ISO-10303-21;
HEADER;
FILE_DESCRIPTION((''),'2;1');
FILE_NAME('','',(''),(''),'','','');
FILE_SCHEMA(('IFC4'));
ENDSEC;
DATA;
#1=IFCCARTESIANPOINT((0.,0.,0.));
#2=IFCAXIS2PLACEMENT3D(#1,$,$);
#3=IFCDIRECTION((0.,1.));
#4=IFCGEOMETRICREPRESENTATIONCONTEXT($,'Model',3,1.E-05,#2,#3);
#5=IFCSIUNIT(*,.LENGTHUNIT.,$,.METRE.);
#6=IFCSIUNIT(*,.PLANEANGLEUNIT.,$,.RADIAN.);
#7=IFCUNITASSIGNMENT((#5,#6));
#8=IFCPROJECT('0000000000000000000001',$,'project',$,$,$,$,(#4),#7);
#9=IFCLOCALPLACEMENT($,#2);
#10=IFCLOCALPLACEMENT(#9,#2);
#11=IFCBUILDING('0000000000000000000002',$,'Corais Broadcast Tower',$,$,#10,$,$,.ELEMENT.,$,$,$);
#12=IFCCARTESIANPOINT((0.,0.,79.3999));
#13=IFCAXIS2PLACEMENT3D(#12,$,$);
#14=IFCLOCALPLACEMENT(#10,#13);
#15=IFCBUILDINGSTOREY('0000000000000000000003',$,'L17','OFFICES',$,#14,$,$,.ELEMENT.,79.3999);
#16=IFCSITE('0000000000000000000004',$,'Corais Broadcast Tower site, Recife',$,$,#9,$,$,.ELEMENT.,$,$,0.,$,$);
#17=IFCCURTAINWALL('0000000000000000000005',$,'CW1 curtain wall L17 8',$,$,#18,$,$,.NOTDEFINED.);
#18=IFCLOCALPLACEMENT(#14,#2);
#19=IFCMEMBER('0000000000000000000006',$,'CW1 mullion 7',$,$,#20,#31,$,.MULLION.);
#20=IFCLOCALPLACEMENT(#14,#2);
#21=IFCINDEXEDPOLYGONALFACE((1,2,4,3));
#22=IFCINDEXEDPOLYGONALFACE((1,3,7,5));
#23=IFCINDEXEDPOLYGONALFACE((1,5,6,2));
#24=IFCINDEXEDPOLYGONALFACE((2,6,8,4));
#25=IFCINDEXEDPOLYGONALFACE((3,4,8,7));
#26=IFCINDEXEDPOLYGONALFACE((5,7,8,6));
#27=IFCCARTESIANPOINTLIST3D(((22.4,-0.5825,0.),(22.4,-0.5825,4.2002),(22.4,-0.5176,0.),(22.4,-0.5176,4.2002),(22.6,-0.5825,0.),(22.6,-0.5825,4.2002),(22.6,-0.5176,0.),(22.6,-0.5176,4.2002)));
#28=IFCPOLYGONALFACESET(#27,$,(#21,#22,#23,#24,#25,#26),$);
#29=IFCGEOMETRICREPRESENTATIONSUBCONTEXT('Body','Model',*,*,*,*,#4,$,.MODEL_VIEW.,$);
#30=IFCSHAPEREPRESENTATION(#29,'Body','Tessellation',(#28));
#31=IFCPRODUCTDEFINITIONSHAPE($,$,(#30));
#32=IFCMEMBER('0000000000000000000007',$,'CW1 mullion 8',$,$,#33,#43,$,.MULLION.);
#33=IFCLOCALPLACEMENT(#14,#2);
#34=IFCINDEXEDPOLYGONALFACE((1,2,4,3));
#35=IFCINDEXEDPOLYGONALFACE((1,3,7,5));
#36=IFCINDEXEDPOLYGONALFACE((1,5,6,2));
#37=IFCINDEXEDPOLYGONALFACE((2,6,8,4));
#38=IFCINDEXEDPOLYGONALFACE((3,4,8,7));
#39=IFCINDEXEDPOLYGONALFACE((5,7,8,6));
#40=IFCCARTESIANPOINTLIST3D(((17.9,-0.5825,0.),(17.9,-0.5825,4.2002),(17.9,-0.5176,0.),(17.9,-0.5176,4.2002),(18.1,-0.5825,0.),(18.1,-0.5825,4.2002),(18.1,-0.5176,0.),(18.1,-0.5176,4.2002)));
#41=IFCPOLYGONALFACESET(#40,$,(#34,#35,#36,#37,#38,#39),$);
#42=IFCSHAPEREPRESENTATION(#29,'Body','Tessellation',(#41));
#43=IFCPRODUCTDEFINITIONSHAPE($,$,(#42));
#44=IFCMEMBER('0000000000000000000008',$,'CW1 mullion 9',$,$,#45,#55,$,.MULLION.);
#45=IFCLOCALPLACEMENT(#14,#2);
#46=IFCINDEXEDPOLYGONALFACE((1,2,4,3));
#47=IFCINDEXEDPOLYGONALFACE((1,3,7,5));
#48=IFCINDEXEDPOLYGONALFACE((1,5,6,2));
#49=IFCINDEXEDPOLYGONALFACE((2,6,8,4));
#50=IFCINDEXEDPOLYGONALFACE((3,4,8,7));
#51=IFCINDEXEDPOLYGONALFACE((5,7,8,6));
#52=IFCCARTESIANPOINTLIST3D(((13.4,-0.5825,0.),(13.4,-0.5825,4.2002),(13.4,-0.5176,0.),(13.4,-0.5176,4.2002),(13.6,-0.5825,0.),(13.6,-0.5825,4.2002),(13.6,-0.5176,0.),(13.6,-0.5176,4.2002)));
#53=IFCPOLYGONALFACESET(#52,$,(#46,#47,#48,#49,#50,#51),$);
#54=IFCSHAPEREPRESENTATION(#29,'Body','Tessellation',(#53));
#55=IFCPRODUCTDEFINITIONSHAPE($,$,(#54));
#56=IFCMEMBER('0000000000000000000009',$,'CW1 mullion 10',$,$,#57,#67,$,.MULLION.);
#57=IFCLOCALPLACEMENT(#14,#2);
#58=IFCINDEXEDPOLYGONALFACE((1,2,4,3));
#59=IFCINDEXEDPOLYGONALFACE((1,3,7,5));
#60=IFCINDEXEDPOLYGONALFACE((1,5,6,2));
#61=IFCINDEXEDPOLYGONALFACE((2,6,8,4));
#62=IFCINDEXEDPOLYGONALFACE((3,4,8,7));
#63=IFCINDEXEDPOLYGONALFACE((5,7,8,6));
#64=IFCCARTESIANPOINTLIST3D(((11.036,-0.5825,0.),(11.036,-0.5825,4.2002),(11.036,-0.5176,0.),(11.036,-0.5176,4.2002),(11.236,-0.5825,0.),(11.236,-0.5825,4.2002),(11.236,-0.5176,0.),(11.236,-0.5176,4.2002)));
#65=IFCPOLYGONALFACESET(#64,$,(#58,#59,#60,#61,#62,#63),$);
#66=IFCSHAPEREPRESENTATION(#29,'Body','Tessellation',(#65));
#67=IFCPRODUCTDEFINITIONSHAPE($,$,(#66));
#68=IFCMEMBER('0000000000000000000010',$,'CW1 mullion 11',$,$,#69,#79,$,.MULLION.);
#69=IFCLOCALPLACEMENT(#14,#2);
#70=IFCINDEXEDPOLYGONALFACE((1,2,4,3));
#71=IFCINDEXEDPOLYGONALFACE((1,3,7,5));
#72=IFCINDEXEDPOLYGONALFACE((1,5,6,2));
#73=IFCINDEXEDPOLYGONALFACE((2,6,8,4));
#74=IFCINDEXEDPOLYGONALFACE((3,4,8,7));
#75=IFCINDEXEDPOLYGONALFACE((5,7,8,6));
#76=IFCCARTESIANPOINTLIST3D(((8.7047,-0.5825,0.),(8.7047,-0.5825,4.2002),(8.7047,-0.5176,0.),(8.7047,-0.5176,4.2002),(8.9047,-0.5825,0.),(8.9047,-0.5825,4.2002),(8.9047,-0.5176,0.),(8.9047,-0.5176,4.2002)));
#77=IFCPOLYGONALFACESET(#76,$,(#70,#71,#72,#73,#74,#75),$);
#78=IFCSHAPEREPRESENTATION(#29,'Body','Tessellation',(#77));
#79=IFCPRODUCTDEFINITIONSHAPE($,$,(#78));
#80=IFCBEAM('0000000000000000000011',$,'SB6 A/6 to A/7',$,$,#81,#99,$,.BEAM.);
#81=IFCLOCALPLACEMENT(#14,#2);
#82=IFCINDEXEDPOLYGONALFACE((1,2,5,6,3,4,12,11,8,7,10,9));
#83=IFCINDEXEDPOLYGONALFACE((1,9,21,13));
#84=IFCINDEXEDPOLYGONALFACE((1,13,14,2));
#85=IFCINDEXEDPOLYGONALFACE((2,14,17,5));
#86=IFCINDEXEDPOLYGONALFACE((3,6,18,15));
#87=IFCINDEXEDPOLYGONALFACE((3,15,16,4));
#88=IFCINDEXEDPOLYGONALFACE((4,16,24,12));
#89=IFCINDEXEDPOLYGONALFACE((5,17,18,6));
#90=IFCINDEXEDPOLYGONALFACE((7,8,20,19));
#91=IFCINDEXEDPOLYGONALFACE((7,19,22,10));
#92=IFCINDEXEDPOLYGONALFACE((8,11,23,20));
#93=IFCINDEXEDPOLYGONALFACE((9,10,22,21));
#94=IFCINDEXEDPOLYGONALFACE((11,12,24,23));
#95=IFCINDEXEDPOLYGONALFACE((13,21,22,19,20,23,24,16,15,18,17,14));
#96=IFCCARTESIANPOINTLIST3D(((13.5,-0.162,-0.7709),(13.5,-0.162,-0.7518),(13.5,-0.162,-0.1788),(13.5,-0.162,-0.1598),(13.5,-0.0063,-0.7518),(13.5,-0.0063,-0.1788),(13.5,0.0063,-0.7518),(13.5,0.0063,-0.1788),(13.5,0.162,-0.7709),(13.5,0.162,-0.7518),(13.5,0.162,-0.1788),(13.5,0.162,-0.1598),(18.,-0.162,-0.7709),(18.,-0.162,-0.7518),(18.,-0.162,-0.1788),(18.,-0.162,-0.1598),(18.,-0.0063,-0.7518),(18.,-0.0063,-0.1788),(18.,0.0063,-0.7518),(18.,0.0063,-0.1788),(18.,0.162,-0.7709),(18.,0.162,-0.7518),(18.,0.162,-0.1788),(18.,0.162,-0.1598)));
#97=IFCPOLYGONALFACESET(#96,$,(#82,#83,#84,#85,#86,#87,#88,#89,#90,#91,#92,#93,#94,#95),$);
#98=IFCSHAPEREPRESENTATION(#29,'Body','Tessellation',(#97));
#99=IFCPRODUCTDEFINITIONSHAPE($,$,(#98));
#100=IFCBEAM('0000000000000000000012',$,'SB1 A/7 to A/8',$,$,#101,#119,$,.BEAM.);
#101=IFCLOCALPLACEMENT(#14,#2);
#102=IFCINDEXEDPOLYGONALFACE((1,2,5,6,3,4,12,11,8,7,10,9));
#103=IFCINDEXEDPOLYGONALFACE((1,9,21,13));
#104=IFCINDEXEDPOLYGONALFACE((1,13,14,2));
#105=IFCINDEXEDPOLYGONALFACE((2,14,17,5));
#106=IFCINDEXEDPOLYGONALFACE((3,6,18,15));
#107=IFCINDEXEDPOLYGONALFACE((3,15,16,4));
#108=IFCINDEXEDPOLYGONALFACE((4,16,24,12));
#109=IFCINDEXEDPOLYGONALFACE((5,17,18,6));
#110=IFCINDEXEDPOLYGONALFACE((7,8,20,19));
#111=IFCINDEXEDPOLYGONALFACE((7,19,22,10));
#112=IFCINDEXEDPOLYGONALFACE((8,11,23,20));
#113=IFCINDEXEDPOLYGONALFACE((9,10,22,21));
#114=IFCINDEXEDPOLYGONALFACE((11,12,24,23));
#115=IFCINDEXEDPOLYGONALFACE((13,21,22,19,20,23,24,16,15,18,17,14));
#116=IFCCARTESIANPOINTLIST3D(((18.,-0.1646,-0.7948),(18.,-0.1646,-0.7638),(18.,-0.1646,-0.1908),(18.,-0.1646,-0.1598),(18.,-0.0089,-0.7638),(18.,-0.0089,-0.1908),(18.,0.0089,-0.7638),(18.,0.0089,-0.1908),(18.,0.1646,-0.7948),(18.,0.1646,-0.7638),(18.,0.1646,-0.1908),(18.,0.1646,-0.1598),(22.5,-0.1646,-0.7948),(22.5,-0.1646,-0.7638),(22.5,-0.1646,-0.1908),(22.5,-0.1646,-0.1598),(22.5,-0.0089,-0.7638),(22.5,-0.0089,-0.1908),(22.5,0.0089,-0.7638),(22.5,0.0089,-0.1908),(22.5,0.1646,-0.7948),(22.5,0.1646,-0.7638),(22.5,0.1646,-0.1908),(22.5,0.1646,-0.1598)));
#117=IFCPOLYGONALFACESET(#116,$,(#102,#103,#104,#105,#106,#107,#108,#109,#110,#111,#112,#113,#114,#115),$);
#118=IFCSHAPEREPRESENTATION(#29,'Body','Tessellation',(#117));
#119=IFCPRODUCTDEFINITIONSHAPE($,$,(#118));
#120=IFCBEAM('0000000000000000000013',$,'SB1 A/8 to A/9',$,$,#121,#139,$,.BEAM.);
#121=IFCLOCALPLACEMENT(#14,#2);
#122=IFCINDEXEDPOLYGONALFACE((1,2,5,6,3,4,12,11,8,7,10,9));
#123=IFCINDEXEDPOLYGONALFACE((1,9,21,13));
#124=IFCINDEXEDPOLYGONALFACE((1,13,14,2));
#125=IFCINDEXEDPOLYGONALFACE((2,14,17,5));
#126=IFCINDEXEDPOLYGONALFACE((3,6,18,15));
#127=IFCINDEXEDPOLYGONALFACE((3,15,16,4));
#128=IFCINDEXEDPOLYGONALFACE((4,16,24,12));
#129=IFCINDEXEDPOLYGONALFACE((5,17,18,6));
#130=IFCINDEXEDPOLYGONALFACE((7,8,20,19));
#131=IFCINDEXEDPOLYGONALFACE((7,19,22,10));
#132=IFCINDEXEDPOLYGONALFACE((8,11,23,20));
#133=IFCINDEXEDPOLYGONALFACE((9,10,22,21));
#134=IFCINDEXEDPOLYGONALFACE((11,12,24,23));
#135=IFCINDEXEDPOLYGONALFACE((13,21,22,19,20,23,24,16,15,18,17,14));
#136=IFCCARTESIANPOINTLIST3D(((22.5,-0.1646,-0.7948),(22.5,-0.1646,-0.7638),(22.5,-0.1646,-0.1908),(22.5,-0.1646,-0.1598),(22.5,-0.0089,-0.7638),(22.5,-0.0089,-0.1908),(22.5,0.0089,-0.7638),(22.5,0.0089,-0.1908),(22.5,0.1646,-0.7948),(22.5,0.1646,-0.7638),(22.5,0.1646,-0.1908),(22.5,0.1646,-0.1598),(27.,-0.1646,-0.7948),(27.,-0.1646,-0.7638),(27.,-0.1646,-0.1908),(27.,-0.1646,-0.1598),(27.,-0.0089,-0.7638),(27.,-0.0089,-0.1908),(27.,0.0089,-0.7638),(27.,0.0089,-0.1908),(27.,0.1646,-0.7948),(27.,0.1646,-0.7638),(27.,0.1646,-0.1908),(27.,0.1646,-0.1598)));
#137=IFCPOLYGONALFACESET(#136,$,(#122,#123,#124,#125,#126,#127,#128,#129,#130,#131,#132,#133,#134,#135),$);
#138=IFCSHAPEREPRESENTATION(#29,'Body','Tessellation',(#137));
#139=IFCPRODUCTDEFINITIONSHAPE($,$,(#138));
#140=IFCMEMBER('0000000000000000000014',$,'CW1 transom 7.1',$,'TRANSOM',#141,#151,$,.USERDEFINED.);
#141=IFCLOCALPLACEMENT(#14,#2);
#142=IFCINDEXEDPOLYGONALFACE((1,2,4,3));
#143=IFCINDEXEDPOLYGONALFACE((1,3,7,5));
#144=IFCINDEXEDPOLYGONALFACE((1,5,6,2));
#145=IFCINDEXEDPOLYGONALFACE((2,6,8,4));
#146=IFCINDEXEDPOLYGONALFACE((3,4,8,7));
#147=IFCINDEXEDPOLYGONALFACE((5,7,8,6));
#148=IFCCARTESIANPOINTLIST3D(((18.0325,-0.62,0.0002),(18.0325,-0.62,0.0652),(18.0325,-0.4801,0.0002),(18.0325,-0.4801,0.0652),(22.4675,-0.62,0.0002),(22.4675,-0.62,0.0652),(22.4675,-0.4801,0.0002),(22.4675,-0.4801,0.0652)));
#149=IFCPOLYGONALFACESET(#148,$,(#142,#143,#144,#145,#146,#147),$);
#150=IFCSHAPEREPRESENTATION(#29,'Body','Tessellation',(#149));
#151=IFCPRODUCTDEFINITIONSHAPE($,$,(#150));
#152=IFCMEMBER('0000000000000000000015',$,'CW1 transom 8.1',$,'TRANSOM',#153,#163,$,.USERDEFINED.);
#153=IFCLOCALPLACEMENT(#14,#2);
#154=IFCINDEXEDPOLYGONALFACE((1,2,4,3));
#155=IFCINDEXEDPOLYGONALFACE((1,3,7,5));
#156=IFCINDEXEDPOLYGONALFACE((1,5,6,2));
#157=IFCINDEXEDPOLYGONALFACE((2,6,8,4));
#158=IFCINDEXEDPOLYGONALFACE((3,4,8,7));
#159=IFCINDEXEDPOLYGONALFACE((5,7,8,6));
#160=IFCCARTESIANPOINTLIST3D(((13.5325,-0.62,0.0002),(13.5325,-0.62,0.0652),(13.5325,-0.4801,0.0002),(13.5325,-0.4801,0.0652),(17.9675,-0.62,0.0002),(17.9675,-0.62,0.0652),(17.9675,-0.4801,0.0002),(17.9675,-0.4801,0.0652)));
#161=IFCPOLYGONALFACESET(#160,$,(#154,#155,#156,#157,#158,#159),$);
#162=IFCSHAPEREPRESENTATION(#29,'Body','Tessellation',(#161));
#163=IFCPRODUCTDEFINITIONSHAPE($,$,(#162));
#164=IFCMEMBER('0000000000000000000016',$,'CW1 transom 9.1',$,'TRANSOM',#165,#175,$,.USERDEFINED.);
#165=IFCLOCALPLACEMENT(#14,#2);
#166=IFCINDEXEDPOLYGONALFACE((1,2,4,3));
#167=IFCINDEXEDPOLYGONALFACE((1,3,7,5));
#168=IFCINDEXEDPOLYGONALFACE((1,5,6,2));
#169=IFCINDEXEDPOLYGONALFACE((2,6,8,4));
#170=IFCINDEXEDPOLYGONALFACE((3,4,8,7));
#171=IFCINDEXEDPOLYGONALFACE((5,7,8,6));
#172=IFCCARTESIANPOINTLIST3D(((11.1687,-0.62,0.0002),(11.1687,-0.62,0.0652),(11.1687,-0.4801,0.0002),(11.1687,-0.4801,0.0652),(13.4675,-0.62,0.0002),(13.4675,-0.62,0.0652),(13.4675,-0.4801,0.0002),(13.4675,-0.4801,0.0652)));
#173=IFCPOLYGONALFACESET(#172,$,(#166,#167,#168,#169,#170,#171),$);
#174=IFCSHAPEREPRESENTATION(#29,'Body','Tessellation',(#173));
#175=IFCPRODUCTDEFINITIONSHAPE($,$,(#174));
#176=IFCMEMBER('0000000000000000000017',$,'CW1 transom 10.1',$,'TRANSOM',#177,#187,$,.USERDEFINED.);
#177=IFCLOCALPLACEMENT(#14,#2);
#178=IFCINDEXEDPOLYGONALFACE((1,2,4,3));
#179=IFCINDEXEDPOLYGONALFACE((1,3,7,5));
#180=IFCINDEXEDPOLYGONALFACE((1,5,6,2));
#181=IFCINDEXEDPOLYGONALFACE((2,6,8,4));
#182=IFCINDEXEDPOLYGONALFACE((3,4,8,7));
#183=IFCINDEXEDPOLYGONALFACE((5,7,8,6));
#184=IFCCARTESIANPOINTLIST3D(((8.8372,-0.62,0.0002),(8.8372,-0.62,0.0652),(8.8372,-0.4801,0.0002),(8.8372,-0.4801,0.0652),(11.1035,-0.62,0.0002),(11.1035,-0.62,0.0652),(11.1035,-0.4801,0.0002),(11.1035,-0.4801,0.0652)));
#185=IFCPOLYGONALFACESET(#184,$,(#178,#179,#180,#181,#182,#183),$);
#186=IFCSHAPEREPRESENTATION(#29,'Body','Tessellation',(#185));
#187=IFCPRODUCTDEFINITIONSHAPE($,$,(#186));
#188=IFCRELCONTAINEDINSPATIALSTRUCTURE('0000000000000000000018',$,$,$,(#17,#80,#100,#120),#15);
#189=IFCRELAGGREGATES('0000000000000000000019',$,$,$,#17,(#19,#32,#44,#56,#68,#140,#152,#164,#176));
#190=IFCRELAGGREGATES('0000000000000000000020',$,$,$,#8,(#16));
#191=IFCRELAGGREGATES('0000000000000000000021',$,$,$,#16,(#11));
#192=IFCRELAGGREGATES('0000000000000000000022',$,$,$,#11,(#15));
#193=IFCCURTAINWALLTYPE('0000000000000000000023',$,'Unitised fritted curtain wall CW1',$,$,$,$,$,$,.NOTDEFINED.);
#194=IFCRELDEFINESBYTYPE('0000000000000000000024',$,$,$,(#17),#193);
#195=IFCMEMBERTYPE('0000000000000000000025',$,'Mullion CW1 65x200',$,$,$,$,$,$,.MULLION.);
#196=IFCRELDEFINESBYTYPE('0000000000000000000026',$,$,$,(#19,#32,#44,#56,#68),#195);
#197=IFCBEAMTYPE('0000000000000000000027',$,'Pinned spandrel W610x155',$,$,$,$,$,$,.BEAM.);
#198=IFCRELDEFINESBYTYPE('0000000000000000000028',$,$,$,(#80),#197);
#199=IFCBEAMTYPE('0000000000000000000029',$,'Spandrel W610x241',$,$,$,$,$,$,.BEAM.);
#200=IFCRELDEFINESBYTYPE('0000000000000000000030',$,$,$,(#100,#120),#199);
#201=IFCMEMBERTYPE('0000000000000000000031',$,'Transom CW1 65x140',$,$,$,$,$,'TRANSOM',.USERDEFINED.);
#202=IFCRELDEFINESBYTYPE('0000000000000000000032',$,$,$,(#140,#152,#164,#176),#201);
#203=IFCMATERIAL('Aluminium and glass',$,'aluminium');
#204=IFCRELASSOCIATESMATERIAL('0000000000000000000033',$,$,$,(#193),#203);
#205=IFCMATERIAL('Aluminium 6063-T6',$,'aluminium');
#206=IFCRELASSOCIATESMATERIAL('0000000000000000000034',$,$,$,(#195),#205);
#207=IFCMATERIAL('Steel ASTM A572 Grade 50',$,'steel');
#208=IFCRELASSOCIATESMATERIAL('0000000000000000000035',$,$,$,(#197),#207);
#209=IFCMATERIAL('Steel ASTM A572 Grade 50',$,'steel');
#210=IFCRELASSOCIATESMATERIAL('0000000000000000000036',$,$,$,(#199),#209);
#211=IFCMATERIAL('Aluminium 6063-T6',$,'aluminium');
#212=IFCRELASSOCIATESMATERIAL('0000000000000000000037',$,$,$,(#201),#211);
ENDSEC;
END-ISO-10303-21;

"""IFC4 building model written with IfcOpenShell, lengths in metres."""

from ifc_helpers import new_model, si_unit, direction, frame, origin, origin_2d, place, context, subcontext, project, spatial, rectangle, i_section, extrude, material, material_profile, profile_set, type_object, element, aggregate, save


model = new_model("IFC4")

# Units and contexts
model_context = context("Model", 3, precision=1e-05, world=origin(), true_north=direction((0.0, 1.0)))
body_context = subcontext(model_context, "Body", "Model", "MODEL_VIEW")
ifc_project = project(units=[si_unit("LENGTHUNIT", "METRE"), si_unit("PLANEANGLEUNIT", "RADIAN")], contexts=[model_context])

# Site, building, storey
site_placement = place(None, origin())
site = spatial("IfcSite", under=ifc_project, at=site_placement, Name="Corais Broadcast Tower site, Recife", CompositionType="ELEMENT", RefElevation=0.0)
building_placement = place(site_placement, origin())
building = spatial("IfcBuilding", under=site, at=building_placement, Name="Corais Broadcast Tower", CompositionType="ELEMENT")
storey_placement = place(building_placement, frame((0.0, 0.0, 79.3999)))
storey = spatial("IfcBuildingStorey", under=building, at=storey_placement, Name="L17", Description="OFFICES", CompositionType="ELEMENT", Elevation=79.3999)

# Curtain wall, members
ifc_material_1 = material(Name="Aluminium and glass", Category="aluminium")
curtain_wall_type = type_object("IfcCurtainWallType", Name="Unitised fritted curtain wall CW1", PredefinedType="NOTDEFINED", material=ifc_material_1)
curtain_wall_placement = place(storey_placement, origin())
curtain_wall = element("IfcCurtainWall", 1, at=curtain_wall_placement, inside=storey, type_object=curtain_wall_type, Name="CW1 curtain wall L17 8", PredefinedType="NOTDEFINED")
ifc_material_2 = material(Name="Aluminium 6063-T6", Category="aluminium")
ifc_material_profile_1 = material_profile(ifc_material_2, rectangle(XDim=0.0649, YDim=0.2, at=origin_2d()), Name="Mullion CW1 65x200")
ifc_profile_set_1 = profile_set([ifc_material_profile_1], Name="Aluminium 6063-T6")
member_type_1 = type_object("IfcMemberType", Name="Mullion CW1 65x200", PredefinedType="MULLION", material=ifc_profile_set_1)
member_1_placement = place(storey_placement, frame((22.5, -0.55, 0.0), z_axis=(0.0, 0.0, 1.0), x_axis=(0.0, -1.0, 0.0)))
member_1 = element("IfcMember", 2, at=member_1_placement, type_object=member_type_1, Name="CW1 mullion 7", PredefinedType="MULLION", context=body_context, shape_type="SweptSolid", body=[
    extrude(rectangle(XDim=0.0649, YDim=0.2, at=origin_2d()), origin(), (0.0, 0.0, 1.0), 4.2002),
])
member_2_placement = place(storey_placement, frame((18.0, -0.55, 0.0), z_axis=(0.0, 0.0, 1.0), x_axis=(0.0, -1.0, 0.0)))
member_2 = element("IfcMember", 3, at=member_2_placement, type_object=member_type_1, Name="CW1 mullion 8", PredefinedType="MULLION", context=body_context, shape_type="SweptSolid", body=[
    extrude(rectangle(XDim=0.0649, YDim=0.2, at=origin_2d()), origin(), (0.0, 0.0, 1.0), 4.2002),
])
member_3_placement = place(storey_placement, frame((13.5, -0.55, 0.0), z_axis=(0.0, 0.0, 1.0), x_axis=(0.0, -1.0, 0.0)))
member_3 = element("IfcMember", 4, at=member_3_placement, type_object=member_type_1, Name="CW1 mullion 9", PredefinedType="MULLION", context=body_context, shape_type="SweptSolid", body=[
    extrude(rectangle(XDim=0.0649, YDim=0.2, at=origin_2d()), origin(), (0.0, 0.0, 1.0), 4.2002),
])
member_4_placement = place(storey_placement, frame((11.136, -0.55, 0.0), z_axis=(0.0, 0.0, 1.0), x_axis=(0.0, -1.0, 0.0)))
member_4 = element("IfcMember", 5, at=member_4_placement, type_object=member_type_1, Name="CW1 mullion 10", PredefinedType="MULLION", context=body_context, shape_type="SweptSolid", body=[
    extrude(rectangle(XDim=0.0649, YDim=0.2, at=origin_2d()), origin(), (0.0, 0.0, 1.0), 4.2002),
])
member_5_placement = place(storey_placement, frame((8.8047, -0.55, 0.0), z_axis=(0.0, 0.0, 1.0), x_axis=(0.0, -1.0, 0.0)))
member_5 = element("IfcMember", 6, at=member_5_placement, type_object=member_type_1, Name="CW1 mullion 11", PredefinedType="MULLION", context=body_context, shape_type="SweptSolid", body=[
    extrude(rectangle(XDim=0.0649, YDim=0.2, at=origin_2d()), origin(), (0.0, 0.0, 1.0), 4.2002),
])

# Beams
ifc_material_3 = material(Name="Steel ASTM A572 Grade 50", Category="steel")
ifc_material_profile_2 = material_profile(ifc_material_3, i_section(OverallWidth=0.324, OverallDepth=0.6111, WebThickness=0.0127, FlangeThickness=0.019, at=origin_2d()), Name="W610x155")
ifc_profile_set_2 = profile_set([ifc_material_profile_2], Name="Steel ASTM A572 Grade 50")
beam_type_1 = type_object("IfcBeamType", Name="Pinned spandrel W610x155", PredefinedType="BEAM", material=ifc_profile_set_2)
beam_1_placement = place(storey_placement, frame((13.5, 0.0, -0.4653), z_axis=(1.0, 0.0, 0.0), x_axis=(0.0, 1.0, 0.0)))
element("IfcBeam", 7, at=beam_1_placement, inside=storey, type_object=beam_type_1, Name="SB6 A/6 to A/7", PredefinedType="BEAM", context=body_context, shape_type="SweptSolid", body=[
    extrude(i_section(OverallWidth=0.324, OverallDepth=0.6111, WebThickness=0.0127, FlangeThickness=0.019, at=origin_2d()), origin(), (0.0, 0.0, 1.0), 4.5),
])
ifc_material_4 = material(Name="Steel ASTM A572 Grade 50", Category="steel")
ifc_material_profile_3 = material_profile(ifc_material_4, i_section(OverallWidth=0.3291, OverallDepth=0.635, WebThickness=0.0178, FlangeThickness=0.031, at=origin_2d()), Name="W610x241")
ifc_profile_set_3 = profile_set([ifc_material_profile_3], Name="Steel ASTM A572 Grade 50")
beam_type_2 = type_object("IfcBeamType", Name="Spandrel W610x241", PredefinedType="BEAM", material=ifc_profile_set_3)
for number, where, z_axis, x_axis, name in (
    (8, (18.0, 0.0, -0.4773), (1.0, 0.0, 0.0), (0.0, 1.0, 0.0), "SB1 A/7 to A/8"),
    (9, (22.5, 0.0, -0.4773), (1.0, 0.0, 0.0), (0.0, 1.0, 0.0), "SB1 A/8 to A/9"),
):
    element("IfcBeam", number, at=place(storey_placement, frame(where, z_axis=z_axis, x_axis=x_axis)), inside=storey, type_object=beam_type_2, Name=name, PredefinedType="BEAM", context=body_context, shape_type="SweptSolid", body=[
        extrude(i_section(OverallWidth=0.3291, OverallDepth=0.635, WebThickness=0.0178, FlangeThickness=0.031, at=origin_2d()), origin(), (0.0, 0.0, 1.0), 4.5),
    ])

# Members
ifc_material_5 = material(Name="Aluminium 6063-T6", Category="aluminium")
ifc_material_profile_4 = material_profile(ifc_material_5, rectangle(XDim=0.1399, YDim=0.0649, at=origin_2d()), Name="Transom CW1 65x140")
ifc_profile_set_4 = profile_set([ifc_material_profile_4], Name="Aluminium 6063-T6")
member_type_2 = type_object("IfcMemberType", Name="Transom CW1 65x140", ElementType="TRANSOM", PredefinedType="USERDEFINED", material=ifc_profile_set_4)
member_6_placement = place(storey_placement, frame((22.4675, -0.55, 0.0327), z_axis=(-1.0, 0.0, 0.0), x_axis=(0.0, -1.0, 0.0)))
member_6 = element("IfcMember", 10, at=member_6_placement, type_object=member_type_2, Name="CW1 transom 7.1", ObjectType="TRANSOM", PredefinedType="USERDEFINED", context=body_context, shape_type="SweptSolid", body=[
    extrude(rectangle(XDim=0.1399, YDim=0.0649, at=origin_2d()), origin(), (0.0, 0.0, 1.0), 4.4351),
])
member_7_placement = place(storey_placement, frame((17.9675, -0.55, 0.0327), z_axis=(-1.0, 0.0, 0.0), x_axis=(0.0, -1.0, 0.0)))
member_7 = element("IfcMember", 11, at=member_7_placement, type_object=member_type_2, Name="CW1 transom 8.1", ObjectType="TRANSOM", PredefinedType="USERDEFINED", context=body_context, shape_type="SweptSolid", body=[
    extrude(rectangle(XDim=0.1399, YDim=0.0649, at=origin_2d()), origin(), (0.0, 0.0, 1.0), 4.4351),
])
member_8_placement = place(storey_placement, frame((13.4675, -0.55, 0.0327), z_axis=(-1.0, 0.0, 0.0), x_axis=(0.0, -1.0, 0.0)))
member_8 = element("IfcMember", 12, at=member_8_placement, type_object=member_type_2, Name="CW1 transom 9.1", ObjectType="TRANSOM", PredefinedType="USERDEFINED", context=body_context, shape_type="SweptSolid", body=[
    extrude(rectangle(XDim=0.1399, YDim=0.0649, at=origin_2d()), origin(), (0.0, 0.0, 1.0), 2.2988),
])
member_9_placement = place(storey_placement, frame((11.1035, -0.55, 0.0327), z_axis=(-1.0, 0.0, 0.0), x_axis=(0.0, -1.0, 0.0)))
member_9 = element("IfcMember", 13, at=member_9_placement, type_object=member_type_2, Name="CW1 transom 10.1", ObjectType="TRANSOM", PredefinedType="USERDEFINED", context=body_context, shape_type="SweptSolid", body=[
    extrude(rectangle(XDim=0.1399, YDim=0.0649, at=origin_2d()), origin(), (0.0, 0.0, 1.0), 2.2664),
])

aggregate(curtain_wall, [member_1, member_2, member_3, member_4, member_5, member_6, member_7, member_8, member_9])

save(model, "model.ifc")
